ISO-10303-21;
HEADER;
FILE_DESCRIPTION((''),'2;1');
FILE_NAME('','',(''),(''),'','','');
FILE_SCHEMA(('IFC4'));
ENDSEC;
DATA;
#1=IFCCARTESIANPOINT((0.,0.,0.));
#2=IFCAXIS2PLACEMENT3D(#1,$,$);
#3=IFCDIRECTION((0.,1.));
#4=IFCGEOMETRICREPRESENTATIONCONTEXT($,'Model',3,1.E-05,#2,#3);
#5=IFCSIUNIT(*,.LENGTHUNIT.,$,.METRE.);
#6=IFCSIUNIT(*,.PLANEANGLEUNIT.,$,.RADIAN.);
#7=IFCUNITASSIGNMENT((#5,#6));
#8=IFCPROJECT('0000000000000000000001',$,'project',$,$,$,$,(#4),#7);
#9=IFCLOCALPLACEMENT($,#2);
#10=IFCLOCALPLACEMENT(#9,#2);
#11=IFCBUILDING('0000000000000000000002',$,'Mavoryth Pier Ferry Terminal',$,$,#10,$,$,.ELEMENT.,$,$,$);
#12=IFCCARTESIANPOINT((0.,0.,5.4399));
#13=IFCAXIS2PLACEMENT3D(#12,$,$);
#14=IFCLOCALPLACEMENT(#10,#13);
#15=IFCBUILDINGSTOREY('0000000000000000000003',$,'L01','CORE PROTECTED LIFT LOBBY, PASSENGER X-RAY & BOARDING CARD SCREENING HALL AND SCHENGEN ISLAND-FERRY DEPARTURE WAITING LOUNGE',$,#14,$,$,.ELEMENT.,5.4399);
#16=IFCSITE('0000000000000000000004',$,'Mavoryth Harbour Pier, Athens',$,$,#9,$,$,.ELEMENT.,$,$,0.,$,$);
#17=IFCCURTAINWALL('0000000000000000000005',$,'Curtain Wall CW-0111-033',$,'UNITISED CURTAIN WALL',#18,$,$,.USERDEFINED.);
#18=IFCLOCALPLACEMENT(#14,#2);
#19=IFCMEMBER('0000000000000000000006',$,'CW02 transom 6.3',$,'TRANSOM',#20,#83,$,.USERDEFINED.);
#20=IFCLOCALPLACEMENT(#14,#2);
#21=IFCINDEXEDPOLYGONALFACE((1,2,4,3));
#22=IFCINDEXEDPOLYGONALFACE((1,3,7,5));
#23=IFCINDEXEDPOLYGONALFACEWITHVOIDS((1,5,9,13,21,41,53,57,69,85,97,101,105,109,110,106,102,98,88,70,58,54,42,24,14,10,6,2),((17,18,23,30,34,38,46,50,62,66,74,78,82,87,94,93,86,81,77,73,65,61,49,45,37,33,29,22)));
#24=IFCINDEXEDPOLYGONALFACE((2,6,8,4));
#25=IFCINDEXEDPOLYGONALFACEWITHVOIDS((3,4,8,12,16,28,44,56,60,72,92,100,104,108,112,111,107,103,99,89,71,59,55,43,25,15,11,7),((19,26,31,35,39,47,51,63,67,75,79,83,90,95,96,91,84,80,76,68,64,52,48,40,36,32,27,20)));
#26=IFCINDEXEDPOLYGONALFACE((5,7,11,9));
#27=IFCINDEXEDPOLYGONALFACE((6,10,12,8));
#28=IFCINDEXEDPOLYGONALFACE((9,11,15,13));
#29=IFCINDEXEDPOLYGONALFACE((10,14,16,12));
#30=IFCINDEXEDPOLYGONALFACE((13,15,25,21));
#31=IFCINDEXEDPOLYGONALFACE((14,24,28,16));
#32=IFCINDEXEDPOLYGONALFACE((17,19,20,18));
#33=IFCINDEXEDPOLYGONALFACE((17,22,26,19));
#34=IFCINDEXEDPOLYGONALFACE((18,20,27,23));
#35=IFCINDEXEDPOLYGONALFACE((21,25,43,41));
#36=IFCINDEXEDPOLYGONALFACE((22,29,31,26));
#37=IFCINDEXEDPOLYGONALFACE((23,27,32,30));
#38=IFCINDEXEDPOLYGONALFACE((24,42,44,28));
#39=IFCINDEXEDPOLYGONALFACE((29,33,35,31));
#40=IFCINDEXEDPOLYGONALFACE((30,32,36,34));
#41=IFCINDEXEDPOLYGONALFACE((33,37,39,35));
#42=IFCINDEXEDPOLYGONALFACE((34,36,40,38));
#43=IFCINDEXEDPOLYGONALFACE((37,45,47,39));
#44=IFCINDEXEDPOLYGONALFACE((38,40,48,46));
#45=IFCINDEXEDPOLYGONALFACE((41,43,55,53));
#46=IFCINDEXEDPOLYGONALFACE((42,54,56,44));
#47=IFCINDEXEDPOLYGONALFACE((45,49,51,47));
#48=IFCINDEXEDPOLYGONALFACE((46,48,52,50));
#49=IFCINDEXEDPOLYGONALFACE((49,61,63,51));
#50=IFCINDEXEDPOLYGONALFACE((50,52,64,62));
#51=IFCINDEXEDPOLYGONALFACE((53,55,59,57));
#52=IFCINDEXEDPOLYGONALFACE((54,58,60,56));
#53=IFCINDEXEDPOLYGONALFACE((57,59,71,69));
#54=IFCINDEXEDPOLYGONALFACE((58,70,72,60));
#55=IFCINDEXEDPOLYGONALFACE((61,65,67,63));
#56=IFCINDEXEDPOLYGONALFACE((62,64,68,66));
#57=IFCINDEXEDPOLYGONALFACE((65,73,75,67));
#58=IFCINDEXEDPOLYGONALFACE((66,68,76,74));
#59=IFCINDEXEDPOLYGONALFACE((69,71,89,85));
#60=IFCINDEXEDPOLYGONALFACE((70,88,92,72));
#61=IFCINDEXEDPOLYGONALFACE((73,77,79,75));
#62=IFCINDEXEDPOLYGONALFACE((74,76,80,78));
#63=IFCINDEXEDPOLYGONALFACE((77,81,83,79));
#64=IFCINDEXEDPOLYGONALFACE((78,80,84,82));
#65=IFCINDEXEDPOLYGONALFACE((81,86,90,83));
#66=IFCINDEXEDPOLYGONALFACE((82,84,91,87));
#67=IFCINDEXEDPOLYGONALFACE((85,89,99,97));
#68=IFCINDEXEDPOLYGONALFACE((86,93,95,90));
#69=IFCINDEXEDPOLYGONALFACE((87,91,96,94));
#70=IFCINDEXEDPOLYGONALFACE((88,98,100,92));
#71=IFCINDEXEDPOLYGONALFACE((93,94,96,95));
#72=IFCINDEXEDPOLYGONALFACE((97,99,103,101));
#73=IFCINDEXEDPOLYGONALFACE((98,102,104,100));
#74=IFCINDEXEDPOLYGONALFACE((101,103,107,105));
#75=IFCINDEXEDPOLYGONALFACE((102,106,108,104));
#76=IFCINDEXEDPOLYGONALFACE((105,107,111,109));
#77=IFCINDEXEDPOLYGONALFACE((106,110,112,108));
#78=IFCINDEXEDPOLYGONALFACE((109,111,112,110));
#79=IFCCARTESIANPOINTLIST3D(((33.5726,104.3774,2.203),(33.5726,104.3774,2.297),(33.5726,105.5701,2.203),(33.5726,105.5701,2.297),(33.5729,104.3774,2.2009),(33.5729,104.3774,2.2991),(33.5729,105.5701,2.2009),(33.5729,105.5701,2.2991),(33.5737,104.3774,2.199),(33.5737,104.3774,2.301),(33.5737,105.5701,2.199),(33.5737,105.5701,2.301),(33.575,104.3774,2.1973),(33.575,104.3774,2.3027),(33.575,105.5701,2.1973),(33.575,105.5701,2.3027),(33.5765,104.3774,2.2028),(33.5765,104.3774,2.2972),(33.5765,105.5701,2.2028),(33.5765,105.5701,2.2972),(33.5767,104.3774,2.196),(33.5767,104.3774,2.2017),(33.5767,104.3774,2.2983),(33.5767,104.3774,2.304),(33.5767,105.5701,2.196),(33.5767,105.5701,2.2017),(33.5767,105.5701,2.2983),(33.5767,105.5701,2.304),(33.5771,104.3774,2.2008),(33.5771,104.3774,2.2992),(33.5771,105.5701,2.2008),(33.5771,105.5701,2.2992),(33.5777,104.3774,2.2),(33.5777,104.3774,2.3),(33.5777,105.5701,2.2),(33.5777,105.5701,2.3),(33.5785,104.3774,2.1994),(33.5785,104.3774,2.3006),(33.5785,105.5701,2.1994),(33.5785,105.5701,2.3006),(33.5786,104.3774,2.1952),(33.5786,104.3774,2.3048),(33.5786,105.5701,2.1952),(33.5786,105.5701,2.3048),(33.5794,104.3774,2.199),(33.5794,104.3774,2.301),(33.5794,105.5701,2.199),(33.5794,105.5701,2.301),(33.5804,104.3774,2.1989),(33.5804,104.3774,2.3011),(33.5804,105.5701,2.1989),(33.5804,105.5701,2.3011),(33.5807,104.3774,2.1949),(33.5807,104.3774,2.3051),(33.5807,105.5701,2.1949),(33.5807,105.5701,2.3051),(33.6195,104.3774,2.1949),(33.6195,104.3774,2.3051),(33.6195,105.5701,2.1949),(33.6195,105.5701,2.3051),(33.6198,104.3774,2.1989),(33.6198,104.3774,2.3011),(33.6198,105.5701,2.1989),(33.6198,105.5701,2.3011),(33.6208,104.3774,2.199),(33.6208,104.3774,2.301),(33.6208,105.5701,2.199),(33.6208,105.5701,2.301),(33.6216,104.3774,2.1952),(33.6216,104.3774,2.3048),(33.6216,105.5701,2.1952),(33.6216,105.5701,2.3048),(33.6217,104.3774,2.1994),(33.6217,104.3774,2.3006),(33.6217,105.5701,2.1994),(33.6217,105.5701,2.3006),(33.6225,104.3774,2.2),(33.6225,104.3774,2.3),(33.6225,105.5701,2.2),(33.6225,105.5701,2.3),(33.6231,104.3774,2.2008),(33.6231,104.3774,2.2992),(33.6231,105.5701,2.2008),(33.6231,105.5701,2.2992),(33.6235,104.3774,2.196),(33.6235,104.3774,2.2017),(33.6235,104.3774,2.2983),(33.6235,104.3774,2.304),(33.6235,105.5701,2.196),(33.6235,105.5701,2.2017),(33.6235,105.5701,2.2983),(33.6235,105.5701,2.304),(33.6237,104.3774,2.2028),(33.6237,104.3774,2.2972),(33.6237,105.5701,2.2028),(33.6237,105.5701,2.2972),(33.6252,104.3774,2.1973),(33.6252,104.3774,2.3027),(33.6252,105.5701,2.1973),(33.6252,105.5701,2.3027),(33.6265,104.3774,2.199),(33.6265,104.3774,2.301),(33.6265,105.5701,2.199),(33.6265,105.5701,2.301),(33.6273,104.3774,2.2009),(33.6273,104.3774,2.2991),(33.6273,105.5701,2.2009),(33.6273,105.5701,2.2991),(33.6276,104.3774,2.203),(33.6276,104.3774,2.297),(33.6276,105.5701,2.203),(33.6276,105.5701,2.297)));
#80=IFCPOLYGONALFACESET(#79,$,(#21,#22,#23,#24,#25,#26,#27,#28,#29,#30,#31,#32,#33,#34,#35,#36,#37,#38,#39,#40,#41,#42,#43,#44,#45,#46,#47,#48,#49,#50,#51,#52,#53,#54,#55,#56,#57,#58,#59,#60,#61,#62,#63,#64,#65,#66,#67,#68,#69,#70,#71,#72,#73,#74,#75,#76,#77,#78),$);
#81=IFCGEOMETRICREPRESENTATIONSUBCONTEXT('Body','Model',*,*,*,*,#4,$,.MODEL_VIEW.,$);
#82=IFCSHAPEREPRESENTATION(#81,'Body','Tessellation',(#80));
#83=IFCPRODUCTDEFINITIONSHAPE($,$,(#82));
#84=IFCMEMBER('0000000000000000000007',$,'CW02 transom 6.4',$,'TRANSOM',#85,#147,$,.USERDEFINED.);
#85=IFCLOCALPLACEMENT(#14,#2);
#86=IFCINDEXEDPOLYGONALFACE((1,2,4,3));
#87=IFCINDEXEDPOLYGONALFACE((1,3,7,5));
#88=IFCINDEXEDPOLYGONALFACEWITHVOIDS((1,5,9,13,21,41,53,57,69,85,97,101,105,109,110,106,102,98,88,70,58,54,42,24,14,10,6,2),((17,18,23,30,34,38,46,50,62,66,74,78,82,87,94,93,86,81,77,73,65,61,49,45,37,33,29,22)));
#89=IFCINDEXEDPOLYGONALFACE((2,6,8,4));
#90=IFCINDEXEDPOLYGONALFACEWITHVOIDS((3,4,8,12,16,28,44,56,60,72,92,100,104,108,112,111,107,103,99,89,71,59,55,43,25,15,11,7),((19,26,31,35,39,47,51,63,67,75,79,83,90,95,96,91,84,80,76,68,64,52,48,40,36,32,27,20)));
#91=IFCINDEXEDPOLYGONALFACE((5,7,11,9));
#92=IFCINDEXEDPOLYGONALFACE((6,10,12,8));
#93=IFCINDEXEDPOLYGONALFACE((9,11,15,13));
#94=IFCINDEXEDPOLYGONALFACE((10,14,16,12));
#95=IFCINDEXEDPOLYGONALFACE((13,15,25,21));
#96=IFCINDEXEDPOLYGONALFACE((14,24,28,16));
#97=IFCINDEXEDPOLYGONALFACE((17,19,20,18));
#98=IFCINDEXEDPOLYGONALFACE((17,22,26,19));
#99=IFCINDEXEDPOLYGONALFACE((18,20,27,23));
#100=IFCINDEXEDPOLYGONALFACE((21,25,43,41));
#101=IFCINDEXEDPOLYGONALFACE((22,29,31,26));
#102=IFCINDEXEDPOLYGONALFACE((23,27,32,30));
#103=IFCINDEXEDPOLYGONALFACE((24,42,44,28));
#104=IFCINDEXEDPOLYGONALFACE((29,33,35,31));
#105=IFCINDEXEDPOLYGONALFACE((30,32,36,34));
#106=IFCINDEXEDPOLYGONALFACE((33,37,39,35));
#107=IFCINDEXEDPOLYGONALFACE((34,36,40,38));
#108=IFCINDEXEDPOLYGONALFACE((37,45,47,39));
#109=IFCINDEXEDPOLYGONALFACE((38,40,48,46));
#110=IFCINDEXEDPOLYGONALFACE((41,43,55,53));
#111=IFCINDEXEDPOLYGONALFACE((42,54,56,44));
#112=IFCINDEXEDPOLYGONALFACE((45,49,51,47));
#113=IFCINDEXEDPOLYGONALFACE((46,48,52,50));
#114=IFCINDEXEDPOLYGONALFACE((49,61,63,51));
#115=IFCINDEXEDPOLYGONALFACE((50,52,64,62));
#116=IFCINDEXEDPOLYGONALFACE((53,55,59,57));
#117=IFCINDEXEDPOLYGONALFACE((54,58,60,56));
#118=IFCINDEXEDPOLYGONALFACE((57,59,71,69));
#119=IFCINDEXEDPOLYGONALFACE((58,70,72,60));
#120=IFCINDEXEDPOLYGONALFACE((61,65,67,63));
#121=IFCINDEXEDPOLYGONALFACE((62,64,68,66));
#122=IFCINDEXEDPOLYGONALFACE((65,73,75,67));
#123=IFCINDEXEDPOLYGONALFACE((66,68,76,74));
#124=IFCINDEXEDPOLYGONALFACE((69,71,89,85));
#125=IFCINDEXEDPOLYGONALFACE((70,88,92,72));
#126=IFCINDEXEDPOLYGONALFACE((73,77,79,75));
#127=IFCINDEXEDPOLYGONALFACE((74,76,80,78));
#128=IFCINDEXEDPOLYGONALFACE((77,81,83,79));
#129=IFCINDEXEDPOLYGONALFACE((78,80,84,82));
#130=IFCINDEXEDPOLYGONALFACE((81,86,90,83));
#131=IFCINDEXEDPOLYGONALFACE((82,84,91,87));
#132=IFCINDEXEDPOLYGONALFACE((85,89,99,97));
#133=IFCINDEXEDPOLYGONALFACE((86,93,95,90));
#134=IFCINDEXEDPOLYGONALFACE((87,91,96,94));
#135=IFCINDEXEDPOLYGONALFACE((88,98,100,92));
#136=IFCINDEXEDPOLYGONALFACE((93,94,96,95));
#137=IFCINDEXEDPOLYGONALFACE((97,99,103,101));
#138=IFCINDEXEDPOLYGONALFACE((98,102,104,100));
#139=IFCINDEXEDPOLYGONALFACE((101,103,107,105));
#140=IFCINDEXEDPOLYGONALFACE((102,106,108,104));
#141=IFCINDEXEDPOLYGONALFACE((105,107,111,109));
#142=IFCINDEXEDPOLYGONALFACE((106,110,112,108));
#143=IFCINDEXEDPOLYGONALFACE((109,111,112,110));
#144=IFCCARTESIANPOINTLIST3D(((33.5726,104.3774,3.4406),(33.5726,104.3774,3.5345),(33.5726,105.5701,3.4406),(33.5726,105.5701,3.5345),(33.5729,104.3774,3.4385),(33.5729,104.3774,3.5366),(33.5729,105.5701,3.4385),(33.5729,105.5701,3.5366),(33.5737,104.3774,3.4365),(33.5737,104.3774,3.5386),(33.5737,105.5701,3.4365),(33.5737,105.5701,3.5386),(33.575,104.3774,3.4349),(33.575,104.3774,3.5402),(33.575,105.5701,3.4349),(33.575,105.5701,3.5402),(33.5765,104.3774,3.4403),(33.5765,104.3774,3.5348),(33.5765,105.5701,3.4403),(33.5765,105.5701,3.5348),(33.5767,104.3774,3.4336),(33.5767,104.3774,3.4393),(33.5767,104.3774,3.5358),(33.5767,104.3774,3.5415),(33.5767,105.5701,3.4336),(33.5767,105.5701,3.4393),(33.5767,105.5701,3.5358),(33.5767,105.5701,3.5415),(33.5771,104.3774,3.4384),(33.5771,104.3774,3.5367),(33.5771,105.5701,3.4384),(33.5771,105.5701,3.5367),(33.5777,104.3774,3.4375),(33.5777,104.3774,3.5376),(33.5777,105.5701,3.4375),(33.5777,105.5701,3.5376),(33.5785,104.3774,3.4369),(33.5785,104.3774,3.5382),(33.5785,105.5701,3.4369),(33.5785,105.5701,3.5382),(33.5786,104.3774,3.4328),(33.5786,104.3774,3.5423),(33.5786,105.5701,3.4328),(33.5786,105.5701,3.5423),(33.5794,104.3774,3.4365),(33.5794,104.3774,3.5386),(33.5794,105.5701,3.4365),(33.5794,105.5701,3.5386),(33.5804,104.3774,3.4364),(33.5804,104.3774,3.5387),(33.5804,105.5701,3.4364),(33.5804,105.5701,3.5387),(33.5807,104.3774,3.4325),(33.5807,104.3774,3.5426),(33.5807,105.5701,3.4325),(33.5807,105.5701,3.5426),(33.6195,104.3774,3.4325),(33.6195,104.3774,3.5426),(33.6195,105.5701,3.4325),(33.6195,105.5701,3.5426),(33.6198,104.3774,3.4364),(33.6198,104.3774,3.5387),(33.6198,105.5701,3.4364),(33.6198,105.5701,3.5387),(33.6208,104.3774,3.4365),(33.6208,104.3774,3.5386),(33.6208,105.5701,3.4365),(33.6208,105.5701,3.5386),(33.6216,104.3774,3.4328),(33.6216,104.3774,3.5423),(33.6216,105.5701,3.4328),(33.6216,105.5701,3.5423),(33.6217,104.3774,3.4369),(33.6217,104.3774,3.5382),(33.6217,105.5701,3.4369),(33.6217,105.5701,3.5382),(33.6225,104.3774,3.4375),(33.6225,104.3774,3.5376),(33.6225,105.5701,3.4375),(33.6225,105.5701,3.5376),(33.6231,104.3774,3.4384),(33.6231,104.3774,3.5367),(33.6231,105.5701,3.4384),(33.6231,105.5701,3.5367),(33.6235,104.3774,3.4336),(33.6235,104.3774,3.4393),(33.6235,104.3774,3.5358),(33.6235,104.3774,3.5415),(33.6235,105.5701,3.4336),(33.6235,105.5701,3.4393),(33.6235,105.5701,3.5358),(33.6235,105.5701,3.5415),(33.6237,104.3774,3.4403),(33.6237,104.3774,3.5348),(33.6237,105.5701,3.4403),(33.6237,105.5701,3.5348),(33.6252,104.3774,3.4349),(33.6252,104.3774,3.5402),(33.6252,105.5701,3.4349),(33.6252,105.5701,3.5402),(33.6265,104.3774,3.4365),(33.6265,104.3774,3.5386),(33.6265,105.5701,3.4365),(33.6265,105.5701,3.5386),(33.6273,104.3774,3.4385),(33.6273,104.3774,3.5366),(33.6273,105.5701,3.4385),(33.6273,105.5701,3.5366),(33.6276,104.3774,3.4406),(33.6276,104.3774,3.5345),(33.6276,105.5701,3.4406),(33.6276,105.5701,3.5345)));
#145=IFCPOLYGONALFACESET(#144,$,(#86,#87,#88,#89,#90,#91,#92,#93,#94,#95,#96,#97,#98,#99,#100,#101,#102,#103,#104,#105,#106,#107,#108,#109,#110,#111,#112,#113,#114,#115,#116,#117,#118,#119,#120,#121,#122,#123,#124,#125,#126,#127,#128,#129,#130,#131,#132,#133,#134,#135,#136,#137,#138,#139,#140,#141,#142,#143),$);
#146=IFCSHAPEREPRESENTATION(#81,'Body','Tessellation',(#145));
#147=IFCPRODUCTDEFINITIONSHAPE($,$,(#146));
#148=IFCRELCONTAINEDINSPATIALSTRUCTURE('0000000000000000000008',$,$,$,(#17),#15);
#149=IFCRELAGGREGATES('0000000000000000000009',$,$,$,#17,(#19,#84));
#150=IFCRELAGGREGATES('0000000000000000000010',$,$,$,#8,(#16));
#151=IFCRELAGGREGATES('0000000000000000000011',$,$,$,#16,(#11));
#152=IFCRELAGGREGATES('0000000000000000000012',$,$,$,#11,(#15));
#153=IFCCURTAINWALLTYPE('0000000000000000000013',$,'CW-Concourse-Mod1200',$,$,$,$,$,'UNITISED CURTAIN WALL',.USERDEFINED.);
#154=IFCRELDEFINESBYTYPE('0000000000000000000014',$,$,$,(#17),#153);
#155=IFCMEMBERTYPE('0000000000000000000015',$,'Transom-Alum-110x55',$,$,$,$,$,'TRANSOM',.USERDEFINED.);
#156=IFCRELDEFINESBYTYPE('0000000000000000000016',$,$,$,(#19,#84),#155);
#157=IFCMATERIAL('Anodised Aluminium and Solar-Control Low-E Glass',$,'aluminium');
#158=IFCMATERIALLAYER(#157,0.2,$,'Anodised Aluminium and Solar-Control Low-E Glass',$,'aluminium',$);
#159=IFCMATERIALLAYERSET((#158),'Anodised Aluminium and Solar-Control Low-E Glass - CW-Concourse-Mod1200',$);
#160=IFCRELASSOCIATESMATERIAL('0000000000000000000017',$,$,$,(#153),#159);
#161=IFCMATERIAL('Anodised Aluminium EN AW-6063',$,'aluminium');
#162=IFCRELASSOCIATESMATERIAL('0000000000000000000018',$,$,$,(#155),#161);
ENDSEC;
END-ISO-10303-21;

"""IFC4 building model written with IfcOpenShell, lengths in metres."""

from ifc_helpers import new_model, si_unit, direction, frame, origin, origin_2d, place, context, subcontext, project, spatial, hollow_rectangle, extrude, material, layer, layer_set, material_profile, profile_set, type_object, element, aggregate, save


model = new_model("IFC4")

# Units and contexts
model_context = context("Model", 3, precision=1e-05, world=origin(), true_north=direction((0.0, 1.0)))
body_context = subcontext(model_context, "Body", "Model", "MODEL_VIEW")
ifc_project = project(units=[si_unit("LENGTHUNIT", "METRE"), si_unit("PLANEANGLEUNIT", "RADIAN")], contexts=[model_context])

# Site, building, storey
site_placement = place(None, origin())
site = spatial("IfcSite", under=ifc_project, at=site_placement, Name="Mavoryth Harbour Pier, Athens", CompositionType="ELEMENT", RefElevation=0.0)
building_placement = place(site_placement, origin())
building = spatial("IfcBuilding", under=site, at=building_placement, Name="Mavoryth Pier Ferry Terminal", CompositionType="ELEMENT")
storey_placement = place(building_placement, frame((0.0, 0.0, 5.4399)))
storey = spatial("IfcBuildingStorey", under=building, at=storey_placement, Name="L01", Description="CORE PROTECTED LIFT LOBBY, PASSENGER X-RAY & BOARDING CARD SCREENING HALL AND SCHENGEN ISLAND-FERRY DEPARTURE WAITING LOUNGE", CompositionType="ELEMENT", Elevation=5.4399)

# Curtain wall
ifc_material_1 = material(Name="Anodised Aluminium and Solar-Control Low-E Glass", Category="aluminium")
ifc_layer_1 = layer(ifc_material_1, 0.2, Name="Anodised Aluminium and Solar-Control Low-E Glass", Category="aluminium")
ifc_layer_set_1 = layer_set([ifc_layer_1], Name="Anodised Aluminium and Solar-Control Low-E Glass - CW-Concourse-Mod1200")
curtain_wall_type_1 = type_object("IfcCurtainWallType", Name="CW-Concourse-Mod1200", ElementType="UNITISED CURTAIN WALL", PredefinedType="USERDEFINED", material=ifc_layer_set_1)
curtain_wall_1_placement = place(storey_placement, origin())
curtain_wall_1 = element("IfcCurtainWall", 1, at=curtain_wall_1_placement, inside=storey, type_object=curtain_wall_type_1, Name="Curtain Wall CW-0111-033", ObjectType="UNITISED CURTAIN WALL", PredefinedType="USERDEFINED")
ifc_material_2 = material(Name="Anodised Aluminium EN AW-6063", Category="aluminium")

# Members
ifc_material_profile_1 = material_profile(ifc_material_2, hollow_rectangle(XDim=0.0549, YDim=0.1101, WallThickness=0.0039, InnerFilletRadius=0.0039, OuterFilletRadius=0.0081, at=origin_2d()), Name="AL-TRAN 110x55x4", Category="aluminium")
ifc_profile_set_1 = profile_set([ifc_material_profile_1], Name="Anodised Aluminium EN AW-6063 - AL-TRAN 110x55x4")
member_type_1 = type_object("IfcMemberType", Name="Transom-Alum-110x55", ElementType="TRANSOM", PredefinedType="USERDEFINED", material=ifc_profile_set_1)
member_1_placement = place(storey_placement, frame((33.6001, 104.3774, 2.25), z_axis=(0.0, 1.0, 0.0), x_axis=(-1.0, 0.0, 0.0)))
member_1 = element("IfcMember", 2, at=member_1_placement, type_object=member_type_1, Name="CW02 transom 6.3", ObjectType="TRANSOM", PredefinedType="USERDEFINED", context=body_context, shape_type="SweptSolid", body=[
    extrude(hollow_rectangle(XDim=0.0549, YDim=0.1101, WallThickness=0.0039, InnerFilletRadius=0.0039, OuterFilletRadius=0.0081, at=origin_2d()), origin(), (0.0, 0.0, 1.0), 1.1926),
])
member_2_placement = place(storey_placement, frame((33.6001, 104.3774, 3.4875), z_axis=(0.0, 1.0, 0.0), x_axis=(-1.0, 0.0, 0.0)))
member_2 = element("IfcMember", 3, at=member_2_placement, type_object=member_type_1, Name="CW02 transom 6.4", ObjectType="TRANSOM", PredefinedType="USERDEFINED", context=body_context, shape_type="SweptSolid", body=[
    extrude(hollow_rectangle(XDim=0.0549, YDim=0.1101, WallThickness=0.0039, InnerFilletRadius=0.0039, OuterFilletRadius=0.0081, at=origin_2d()), origin(), (0.0, 0.0, 1.0), 1.1926),
])

aggregate(curtain_wall_1, [member_1, member_2])

save(model, "model.ifc")
